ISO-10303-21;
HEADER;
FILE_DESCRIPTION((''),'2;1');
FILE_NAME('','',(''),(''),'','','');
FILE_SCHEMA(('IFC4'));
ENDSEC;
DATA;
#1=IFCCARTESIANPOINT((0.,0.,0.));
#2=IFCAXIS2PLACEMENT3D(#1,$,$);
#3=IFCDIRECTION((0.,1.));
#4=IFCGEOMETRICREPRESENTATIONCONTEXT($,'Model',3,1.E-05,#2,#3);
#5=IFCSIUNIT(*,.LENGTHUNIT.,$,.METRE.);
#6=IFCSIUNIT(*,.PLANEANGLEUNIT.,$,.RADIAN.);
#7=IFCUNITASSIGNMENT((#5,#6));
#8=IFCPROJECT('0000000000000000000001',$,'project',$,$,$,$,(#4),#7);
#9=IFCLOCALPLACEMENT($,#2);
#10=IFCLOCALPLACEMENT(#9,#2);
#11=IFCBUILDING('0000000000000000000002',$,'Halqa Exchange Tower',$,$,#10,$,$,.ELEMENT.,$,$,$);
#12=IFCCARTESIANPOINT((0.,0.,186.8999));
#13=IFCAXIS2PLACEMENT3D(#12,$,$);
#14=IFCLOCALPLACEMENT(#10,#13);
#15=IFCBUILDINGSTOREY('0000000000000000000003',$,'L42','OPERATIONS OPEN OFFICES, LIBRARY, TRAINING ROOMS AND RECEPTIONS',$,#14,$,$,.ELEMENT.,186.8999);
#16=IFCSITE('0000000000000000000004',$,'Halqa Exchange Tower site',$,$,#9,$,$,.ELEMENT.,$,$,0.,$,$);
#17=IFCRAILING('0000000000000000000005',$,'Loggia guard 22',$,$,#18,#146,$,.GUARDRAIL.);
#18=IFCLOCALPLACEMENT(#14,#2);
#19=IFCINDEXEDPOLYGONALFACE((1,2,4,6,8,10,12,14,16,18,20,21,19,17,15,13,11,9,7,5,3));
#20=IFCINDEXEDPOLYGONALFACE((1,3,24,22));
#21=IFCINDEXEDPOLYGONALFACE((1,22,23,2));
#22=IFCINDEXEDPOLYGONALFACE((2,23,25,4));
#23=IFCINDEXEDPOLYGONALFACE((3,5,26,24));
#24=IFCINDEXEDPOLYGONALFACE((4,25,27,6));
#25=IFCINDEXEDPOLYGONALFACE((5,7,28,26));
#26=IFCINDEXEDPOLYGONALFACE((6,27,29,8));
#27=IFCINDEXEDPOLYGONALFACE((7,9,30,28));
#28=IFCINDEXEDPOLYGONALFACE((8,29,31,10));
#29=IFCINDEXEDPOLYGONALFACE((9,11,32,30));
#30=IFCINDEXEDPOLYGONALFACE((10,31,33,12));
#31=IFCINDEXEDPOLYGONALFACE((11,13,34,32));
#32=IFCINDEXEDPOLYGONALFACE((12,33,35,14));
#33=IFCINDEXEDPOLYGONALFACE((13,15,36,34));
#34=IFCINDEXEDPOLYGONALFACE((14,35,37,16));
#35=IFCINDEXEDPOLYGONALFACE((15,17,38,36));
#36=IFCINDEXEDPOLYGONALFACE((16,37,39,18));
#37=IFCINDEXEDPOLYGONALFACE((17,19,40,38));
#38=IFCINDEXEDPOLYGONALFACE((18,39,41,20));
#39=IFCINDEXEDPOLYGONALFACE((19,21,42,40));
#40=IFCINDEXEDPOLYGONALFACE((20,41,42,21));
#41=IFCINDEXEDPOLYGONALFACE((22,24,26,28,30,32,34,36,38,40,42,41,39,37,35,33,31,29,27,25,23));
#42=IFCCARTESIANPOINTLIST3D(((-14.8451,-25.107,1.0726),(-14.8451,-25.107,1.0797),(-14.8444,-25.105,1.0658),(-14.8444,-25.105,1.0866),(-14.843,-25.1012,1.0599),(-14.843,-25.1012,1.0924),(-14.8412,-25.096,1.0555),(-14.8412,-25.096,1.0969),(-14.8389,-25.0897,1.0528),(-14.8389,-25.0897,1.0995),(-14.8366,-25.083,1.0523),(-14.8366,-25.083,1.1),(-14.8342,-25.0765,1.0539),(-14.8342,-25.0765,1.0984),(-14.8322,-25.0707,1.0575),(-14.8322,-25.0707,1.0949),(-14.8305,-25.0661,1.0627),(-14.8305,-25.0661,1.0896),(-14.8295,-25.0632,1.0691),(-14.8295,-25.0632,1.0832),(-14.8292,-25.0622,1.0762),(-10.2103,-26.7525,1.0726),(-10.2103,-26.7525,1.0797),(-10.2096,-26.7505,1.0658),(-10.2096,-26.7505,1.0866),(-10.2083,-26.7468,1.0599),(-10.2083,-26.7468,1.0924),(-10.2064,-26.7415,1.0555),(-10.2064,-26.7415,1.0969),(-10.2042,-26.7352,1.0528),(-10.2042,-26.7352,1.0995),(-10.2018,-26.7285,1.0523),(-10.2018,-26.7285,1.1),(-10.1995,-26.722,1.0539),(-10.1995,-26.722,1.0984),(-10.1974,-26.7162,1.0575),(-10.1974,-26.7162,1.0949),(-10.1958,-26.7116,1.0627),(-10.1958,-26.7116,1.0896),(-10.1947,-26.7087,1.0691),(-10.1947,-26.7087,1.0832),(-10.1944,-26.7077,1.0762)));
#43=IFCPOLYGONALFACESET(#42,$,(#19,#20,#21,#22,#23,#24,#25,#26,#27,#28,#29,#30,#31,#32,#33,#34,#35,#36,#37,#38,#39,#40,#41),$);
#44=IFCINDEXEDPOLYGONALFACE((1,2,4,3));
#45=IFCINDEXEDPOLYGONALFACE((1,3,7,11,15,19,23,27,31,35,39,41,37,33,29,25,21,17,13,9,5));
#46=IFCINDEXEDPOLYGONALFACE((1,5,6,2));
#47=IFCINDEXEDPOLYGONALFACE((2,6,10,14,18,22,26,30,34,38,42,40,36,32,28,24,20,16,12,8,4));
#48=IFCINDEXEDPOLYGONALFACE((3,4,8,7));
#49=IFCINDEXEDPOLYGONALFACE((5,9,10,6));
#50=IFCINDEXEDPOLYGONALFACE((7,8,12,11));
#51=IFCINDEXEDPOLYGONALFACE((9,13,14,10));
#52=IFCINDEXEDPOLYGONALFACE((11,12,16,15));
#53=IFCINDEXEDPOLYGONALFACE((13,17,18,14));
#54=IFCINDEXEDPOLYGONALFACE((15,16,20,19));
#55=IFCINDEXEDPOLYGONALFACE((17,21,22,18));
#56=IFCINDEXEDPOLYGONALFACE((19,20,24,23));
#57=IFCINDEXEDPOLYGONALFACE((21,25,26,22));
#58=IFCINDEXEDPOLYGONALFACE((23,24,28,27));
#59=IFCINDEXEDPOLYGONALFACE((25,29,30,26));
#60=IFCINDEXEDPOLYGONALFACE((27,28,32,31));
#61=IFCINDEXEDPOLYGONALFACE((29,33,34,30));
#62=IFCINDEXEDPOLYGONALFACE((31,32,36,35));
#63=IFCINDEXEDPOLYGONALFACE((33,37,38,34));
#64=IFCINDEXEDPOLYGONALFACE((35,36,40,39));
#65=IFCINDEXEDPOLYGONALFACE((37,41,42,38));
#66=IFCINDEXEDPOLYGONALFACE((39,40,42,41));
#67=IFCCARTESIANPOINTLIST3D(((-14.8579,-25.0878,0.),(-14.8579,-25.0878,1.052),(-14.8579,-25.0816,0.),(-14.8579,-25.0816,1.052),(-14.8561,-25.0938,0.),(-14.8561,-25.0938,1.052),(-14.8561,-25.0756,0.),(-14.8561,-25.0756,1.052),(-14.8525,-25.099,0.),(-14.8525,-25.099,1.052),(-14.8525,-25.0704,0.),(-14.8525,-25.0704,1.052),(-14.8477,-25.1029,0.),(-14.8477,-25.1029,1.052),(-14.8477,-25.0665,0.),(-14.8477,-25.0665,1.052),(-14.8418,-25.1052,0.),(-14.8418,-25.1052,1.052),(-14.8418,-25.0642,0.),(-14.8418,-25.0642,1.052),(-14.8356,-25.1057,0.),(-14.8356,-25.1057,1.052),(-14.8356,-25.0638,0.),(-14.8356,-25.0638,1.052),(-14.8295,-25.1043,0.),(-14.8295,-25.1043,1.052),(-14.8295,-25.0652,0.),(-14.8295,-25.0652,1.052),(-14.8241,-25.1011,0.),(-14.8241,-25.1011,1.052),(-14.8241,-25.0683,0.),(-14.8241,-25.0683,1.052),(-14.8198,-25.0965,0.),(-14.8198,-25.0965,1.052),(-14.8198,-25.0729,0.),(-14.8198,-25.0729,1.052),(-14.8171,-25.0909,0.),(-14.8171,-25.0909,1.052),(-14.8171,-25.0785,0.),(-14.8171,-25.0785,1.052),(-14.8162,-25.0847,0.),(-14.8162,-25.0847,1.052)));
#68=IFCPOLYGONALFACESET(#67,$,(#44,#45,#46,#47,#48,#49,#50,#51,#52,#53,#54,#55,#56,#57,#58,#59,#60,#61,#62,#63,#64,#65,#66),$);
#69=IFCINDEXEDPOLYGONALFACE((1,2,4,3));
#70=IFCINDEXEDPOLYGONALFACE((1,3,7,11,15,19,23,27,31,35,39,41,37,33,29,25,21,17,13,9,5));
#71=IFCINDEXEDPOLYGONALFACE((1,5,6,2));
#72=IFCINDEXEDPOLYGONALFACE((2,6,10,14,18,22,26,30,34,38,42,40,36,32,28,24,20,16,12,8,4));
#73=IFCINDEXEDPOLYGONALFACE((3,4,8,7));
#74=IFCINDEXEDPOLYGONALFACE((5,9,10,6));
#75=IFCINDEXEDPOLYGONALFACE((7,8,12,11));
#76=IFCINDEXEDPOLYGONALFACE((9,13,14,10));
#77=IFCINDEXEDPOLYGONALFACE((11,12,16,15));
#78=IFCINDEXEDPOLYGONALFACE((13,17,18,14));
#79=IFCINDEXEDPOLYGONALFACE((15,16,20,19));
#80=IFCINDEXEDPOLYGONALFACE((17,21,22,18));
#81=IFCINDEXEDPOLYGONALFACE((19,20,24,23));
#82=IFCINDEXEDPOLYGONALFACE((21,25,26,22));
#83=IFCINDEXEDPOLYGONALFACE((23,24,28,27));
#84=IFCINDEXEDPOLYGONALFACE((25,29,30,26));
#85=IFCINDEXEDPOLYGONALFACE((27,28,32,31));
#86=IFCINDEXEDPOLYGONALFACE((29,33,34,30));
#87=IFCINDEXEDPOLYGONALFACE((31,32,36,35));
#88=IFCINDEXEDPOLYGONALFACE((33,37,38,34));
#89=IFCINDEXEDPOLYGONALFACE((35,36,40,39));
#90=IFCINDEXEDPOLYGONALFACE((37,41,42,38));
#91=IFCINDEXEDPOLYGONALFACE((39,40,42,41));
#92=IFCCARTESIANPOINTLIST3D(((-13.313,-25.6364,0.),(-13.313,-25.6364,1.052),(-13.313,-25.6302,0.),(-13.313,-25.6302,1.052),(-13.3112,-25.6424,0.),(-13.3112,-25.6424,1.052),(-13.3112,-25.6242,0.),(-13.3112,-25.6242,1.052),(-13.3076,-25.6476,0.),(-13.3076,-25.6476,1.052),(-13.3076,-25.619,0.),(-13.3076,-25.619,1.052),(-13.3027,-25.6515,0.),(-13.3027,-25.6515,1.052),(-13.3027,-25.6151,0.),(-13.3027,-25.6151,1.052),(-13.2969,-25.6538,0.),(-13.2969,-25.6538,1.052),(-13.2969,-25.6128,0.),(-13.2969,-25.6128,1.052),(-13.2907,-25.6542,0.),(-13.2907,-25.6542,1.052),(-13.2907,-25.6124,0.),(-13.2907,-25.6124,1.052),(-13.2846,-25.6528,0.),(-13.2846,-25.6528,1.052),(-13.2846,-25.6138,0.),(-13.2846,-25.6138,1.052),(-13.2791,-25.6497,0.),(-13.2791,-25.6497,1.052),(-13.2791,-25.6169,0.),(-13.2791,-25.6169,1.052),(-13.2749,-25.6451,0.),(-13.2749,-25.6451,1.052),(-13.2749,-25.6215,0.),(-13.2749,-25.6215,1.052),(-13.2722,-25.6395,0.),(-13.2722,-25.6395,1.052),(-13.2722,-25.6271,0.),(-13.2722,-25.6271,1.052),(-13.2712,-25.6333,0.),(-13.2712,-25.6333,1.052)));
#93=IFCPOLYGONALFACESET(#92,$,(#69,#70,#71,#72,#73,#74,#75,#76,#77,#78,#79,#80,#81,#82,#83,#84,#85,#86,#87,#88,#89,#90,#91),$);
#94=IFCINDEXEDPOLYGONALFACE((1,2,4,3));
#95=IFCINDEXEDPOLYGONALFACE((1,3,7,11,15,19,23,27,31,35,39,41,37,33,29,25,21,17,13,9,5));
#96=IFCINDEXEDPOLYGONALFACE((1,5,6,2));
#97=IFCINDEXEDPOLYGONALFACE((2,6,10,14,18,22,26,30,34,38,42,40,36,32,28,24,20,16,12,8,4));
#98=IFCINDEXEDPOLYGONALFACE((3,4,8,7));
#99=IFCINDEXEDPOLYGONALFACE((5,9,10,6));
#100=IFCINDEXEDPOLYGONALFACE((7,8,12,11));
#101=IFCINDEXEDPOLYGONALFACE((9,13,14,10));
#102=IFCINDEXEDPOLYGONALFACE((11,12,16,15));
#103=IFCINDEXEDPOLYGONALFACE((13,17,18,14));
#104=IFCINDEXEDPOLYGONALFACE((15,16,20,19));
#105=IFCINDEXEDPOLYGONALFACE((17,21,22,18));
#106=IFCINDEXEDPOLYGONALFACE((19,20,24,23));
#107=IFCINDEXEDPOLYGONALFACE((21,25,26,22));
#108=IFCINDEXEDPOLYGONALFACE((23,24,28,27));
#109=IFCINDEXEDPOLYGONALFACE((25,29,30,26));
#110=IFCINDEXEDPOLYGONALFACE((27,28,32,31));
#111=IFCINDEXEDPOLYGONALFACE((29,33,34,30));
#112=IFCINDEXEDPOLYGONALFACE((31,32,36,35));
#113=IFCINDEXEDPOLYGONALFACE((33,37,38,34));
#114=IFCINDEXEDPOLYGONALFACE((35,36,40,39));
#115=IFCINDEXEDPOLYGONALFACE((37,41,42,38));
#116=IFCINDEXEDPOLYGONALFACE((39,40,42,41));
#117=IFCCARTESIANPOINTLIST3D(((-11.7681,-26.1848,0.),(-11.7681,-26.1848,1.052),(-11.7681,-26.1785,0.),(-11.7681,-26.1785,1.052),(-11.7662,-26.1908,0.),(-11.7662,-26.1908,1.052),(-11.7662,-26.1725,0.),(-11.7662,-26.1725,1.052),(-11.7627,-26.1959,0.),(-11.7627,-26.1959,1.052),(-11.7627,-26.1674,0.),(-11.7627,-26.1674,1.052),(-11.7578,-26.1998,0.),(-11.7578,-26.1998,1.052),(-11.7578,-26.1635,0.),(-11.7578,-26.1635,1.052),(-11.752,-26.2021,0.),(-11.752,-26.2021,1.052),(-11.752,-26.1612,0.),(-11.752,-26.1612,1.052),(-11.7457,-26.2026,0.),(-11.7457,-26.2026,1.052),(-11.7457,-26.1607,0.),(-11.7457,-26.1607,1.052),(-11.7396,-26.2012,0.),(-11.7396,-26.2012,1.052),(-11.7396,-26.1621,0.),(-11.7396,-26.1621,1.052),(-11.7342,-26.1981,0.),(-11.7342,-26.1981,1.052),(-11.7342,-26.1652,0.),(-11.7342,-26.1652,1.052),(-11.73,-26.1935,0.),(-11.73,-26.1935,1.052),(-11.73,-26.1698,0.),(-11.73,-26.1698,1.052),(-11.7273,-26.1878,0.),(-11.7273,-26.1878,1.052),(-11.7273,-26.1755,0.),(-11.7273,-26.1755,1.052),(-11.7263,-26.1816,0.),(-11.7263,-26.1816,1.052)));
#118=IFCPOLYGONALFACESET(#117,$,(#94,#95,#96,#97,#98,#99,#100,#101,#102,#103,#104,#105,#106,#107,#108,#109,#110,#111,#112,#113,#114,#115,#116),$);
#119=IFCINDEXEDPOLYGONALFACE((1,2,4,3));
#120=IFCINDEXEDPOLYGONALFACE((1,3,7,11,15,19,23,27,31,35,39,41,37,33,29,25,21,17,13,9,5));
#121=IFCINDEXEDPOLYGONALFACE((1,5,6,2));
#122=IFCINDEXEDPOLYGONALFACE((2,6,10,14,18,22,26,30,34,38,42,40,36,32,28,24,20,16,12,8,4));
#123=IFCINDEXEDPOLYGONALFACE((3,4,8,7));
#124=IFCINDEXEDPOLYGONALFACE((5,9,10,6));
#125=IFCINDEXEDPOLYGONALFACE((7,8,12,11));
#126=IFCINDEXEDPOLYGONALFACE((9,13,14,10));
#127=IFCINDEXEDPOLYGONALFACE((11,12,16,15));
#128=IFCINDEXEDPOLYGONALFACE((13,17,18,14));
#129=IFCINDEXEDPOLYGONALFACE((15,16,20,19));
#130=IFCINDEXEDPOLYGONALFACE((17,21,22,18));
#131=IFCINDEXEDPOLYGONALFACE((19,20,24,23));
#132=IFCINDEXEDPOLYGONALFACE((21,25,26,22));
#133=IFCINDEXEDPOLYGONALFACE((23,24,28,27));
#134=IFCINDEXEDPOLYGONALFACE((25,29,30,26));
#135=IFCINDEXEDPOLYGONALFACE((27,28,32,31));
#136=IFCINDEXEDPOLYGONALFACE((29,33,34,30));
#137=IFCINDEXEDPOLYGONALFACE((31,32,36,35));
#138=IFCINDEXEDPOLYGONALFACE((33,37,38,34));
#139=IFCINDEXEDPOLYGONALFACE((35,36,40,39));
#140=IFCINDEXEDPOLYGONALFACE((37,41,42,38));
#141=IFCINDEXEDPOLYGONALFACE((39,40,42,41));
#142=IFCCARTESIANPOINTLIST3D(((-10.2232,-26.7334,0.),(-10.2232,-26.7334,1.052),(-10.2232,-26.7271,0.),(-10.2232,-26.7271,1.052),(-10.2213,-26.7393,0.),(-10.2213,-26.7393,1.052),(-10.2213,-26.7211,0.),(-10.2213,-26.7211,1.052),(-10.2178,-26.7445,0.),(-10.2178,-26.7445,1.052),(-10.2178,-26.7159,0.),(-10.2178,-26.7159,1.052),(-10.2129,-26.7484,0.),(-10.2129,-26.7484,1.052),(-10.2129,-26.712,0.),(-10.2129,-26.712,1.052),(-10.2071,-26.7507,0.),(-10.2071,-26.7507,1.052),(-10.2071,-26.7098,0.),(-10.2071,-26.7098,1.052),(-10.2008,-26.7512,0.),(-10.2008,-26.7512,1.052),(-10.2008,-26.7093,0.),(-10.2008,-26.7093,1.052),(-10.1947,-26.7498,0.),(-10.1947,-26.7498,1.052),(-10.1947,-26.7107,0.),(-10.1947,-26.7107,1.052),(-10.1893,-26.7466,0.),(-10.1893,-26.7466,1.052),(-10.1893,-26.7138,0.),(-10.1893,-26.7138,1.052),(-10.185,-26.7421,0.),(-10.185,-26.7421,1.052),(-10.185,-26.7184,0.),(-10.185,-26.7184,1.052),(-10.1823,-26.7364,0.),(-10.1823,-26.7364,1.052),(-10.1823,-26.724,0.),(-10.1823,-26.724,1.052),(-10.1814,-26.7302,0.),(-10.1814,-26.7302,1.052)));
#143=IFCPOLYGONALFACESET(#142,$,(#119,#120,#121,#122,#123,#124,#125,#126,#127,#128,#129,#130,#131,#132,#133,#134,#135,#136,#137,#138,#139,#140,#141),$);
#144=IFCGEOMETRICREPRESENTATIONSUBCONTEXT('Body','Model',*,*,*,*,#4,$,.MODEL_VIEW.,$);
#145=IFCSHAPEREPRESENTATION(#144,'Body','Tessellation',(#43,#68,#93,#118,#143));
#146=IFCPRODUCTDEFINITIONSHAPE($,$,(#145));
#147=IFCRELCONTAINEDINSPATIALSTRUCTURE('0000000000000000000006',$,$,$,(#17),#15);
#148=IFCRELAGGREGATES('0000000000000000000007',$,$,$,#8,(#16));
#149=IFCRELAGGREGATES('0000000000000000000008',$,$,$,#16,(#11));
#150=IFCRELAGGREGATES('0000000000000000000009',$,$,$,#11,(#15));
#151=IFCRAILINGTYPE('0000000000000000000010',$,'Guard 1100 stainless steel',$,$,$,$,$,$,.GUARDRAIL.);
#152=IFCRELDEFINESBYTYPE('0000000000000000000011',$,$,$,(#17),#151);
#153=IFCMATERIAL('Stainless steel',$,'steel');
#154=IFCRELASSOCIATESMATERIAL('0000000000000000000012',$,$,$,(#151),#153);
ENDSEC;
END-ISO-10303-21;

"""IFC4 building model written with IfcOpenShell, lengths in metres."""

from ifc_helpers import new_model, si_unit, direction, frame, origin, origin_2d, place, context, subcontext, project, spatial, circle, extrude, material, type_object, element, save


model = new_model("IFC4")

# Units and contexts
model_context = context("Model", 3, precision=1e-05, world=origin(), true_north=direction((0.0, 1.0)))
body_context = subcontext(model_context, "Body", "Model", "MODEL_VIEW")
ifc_project = project(units=[si_unit("LENGTHUNIT", "METRE"), si_unit("PLANEANGLEUNIT", "RADIAN")], contexts=[model_context])

# Site, building, storey
site_placement = place(None, origin())
site = spatial("IfcSite", under=ifc_project, at=site_placement, Name="Halqa Exchange Tower site", CompositionType="ELEMENT", RefElevation=0.0)
building_placement = place(site_placement, origin())
building = spatial("IfcBuilding", under=site, at=building_placement, Name="Halqa Exchange Tower", CompositionType="ELEMENT")
storey_placement = place(building_placement, frame((0.0, 0.0, 186.8999)))
storey = spatial("IfcBuildingStorey", under=building, at=storey_placement, Name="L42", Description="OPERATIONS OPEN OFFICES, LIBRARY, TRAINING ROOMS AND RECEPTIONS", CompositionType="ELEMENT", Elevation=186.8999)

# Railing
ifc_material_1 = material(Name="Stainless steel", Category="steel")
railing_type = type_object("IfcRailingType", Name="Guard 1100 stainless steel", PredefinedType="GUARDRAIL", material=ifc_material_1)
railing_1_placement = place(storey_placement, frame((-14.8372, -25.0847, 0.0)))
element("IfcRailing", 1, at=railing_1_placement, inside=storey, type_object=railing_type, Name="Loggia guard 22", PredefinedType="GUARDRAIL", context=body_context, shape_type="SweptSolid", body=[
    extrude(circle(Radius=0.0239, at=origin_2d()), frame((0.0, 0.0, 1.0762), z_axis=(0.942369, -0.334575, 0.0), x_axis=(0.334575, 0.942369, 0.0)), (0.0, 0.0, 1.0), 4.9182),
    extrude(circle(Radius=0.021, at=origin_2d()), origin(), (0.0, 0.0, 1.0), 1.052),
    extrude(circle(Radius=0.021, at=origin_2d()), frame((1.5449, -0.5486, 0.0)), (0.0, 0.0, 1.0), 1.052),
    extrude(circle(Radius=0.021, at=origin_2d()), frame((3.0898, -1.0969, 0.0)), (0.0, 0.0, 1.0), 1.052),
    extrude(circle(Radius=0.021, at=origin_2d()), frame((4.6348, -1.6455, 0.0)), (0.0, 0.0, 1.0), 1.052),
])

save(model, "model.ifc")
